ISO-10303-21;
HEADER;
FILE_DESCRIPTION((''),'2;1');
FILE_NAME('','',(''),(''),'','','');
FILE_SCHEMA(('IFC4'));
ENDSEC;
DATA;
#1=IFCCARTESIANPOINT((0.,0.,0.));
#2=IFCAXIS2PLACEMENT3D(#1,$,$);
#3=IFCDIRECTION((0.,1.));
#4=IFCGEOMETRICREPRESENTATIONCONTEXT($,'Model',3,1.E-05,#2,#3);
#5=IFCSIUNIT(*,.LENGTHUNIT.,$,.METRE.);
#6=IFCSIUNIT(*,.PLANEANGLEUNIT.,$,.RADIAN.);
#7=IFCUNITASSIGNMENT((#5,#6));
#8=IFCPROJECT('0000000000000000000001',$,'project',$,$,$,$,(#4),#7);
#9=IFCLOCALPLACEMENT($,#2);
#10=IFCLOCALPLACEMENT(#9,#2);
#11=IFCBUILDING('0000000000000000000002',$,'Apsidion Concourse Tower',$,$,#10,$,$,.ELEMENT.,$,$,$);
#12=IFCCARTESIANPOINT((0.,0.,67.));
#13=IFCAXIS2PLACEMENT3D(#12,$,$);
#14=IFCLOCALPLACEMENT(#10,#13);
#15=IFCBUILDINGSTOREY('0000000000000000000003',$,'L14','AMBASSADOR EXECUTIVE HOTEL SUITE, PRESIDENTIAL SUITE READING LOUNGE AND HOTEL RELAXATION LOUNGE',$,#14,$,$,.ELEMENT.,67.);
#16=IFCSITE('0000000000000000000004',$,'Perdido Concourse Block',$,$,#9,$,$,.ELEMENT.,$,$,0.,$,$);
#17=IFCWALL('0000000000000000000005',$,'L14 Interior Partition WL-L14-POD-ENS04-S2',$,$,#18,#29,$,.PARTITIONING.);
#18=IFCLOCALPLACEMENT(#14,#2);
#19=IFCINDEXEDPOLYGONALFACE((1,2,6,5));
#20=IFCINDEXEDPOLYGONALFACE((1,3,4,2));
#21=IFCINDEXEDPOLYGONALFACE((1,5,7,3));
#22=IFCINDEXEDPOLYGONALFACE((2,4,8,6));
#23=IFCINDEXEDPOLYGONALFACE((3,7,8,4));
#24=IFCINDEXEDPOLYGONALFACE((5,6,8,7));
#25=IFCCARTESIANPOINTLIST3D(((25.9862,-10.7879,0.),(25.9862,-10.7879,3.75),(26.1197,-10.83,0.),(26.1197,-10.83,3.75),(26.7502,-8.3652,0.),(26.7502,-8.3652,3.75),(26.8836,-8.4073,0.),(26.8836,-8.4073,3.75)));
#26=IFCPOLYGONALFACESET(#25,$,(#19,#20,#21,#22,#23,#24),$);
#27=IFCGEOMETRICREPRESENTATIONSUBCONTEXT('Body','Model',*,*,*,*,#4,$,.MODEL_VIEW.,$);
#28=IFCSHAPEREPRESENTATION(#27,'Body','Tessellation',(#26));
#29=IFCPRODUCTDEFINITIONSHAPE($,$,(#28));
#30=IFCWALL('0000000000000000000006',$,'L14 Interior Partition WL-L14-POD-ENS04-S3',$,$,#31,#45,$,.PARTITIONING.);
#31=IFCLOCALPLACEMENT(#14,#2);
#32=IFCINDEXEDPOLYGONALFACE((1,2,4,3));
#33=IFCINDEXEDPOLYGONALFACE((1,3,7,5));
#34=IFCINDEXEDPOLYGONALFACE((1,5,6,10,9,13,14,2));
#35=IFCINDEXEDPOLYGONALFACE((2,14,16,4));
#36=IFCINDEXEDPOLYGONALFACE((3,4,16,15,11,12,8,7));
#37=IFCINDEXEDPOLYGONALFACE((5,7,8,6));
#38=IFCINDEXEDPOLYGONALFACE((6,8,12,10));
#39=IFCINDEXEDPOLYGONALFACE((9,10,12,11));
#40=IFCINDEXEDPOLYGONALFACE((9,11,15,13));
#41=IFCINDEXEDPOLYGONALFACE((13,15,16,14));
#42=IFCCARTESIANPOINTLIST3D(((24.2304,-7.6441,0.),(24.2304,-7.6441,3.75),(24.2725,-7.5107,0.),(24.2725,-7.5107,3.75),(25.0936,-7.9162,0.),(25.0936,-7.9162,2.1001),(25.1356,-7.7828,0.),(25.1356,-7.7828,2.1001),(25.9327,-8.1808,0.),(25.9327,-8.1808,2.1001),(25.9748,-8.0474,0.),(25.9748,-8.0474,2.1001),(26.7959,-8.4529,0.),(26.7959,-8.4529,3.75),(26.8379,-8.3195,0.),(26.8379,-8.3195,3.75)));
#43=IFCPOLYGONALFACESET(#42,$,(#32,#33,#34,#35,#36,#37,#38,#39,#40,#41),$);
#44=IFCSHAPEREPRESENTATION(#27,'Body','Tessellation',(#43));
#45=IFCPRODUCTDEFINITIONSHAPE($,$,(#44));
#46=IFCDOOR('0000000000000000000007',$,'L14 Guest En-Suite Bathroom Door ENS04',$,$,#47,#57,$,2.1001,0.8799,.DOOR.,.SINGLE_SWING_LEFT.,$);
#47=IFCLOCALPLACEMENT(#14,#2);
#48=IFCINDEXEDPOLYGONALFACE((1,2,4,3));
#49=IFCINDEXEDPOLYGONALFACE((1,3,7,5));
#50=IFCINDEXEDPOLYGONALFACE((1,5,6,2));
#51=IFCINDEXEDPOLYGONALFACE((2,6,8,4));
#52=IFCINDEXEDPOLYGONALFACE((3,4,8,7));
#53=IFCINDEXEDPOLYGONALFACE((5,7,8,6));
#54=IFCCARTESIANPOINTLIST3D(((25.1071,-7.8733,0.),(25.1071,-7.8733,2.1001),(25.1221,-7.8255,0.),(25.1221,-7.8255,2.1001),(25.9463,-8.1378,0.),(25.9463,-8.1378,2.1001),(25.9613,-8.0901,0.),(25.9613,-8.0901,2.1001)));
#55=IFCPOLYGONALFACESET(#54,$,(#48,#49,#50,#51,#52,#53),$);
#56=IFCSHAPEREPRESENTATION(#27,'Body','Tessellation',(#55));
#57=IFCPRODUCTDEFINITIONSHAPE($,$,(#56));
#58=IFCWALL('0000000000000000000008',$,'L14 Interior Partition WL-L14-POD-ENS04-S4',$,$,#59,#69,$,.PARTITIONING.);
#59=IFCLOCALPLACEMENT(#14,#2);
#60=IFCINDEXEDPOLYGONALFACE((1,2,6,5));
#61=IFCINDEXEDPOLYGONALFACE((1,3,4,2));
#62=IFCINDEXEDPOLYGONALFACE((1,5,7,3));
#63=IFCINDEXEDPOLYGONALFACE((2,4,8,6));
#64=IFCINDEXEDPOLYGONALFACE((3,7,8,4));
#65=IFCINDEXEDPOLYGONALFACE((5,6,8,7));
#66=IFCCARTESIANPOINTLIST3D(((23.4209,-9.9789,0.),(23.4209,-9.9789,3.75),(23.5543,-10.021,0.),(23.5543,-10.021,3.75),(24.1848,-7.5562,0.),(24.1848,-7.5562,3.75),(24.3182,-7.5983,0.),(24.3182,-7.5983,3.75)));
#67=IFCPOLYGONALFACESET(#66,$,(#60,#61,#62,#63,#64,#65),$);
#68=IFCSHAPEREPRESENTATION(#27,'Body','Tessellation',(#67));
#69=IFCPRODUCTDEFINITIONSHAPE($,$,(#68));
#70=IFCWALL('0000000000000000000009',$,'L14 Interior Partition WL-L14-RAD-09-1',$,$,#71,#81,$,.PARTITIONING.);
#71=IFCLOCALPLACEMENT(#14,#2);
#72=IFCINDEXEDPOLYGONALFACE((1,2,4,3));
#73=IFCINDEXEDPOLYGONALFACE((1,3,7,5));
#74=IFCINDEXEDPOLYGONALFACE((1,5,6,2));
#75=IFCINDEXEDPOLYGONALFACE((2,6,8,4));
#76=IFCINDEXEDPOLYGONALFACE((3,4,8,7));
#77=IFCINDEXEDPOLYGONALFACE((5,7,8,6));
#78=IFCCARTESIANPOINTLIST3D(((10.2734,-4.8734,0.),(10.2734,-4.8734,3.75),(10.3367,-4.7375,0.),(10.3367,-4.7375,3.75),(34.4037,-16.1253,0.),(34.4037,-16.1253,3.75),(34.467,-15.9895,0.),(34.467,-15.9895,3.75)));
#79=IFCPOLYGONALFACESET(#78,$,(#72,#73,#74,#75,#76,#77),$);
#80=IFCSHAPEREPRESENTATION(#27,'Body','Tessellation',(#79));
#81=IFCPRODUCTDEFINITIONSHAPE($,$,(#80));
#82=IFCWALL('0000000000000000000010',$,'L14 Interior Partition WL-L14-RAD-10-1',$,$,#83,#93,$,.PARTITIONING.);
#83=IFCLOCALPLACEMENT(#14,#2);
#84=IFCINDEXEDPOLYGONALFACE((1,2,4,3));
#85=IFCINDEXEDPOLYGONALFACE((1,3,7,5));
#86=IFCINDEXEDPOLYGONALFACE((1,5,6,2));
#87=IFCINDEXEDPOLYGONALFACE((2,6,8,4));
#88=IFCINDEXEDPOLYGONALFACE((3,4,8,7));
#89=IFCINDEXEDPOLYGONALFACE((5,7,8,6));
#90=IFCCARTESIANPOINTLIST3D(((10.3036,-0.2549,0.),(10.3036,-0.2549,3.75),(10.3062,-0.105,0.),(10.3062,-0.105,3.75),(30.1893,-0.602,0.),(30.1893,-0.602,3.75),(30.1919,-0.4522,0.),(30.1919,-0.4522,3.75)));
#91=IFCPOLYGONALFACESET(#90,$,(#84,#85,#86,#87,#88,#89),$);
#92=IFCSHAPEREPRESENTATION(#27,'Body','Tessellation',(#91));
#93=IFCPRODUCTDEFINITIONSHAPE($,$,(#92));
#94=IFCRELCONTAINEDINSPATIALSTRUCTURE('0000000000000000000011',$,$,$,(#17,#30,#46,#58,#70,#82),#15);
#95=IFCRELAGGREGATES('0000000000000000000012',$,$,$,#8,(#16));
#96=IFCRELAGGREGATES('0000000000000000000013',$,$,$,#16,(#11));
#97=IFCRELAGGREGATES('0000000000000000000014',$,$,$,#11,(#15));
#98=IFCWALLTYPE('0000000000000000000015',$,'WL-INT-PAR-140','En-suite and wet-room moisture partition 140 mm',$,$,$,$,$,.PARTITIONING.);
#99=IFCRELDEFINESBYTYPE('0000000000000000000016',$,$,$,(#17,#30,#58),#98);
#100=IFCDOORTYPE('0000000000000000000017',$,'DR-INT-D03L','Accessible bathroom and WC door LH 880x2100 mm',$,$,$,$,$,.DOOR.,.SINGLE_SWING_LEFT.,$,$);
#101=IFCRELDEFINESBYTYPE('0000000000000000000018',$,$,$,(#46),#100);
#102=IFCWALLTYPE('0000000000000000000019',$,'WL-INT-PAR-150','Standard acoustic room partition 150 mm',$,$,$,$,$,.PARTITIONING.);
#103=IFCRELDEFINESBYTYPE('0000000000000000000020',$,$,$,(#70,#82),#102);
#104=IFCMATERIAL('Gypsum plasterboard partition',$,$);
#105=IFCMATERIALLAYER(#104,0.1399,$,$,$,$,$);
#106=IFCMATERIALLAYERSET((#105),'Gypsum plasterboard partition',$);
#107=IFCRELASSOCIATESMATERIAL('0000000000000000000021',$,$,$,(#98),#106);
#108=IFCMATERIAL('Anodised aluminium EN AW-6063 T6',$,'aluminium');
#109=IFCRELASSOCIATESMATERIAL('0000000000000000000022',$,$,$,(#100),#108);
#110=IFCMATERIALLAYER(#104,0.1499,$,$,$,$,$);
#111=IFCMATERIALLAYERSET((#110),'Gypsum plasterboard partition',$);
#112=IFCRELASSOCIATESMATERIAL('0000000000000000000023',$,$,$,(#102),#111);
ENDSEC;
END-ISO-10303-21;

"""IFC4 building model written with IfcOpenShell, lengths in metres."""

from ifc_helpers import new_model, si_unit, direction, frame, frame_2d, origin, place, context, subcontext, project, spatial, rectangle, extrude, material, layer, layer_set, type_object, element, fill, save


model = new_model("IFC4")

# Units and contexts
model_context = context("Model", 3, precision=1e-05, world=origin(), true_north=direction((0.0, 1.0)))
body_context = subcontext(model_context, "Body", "Model", "MODEL_VIEW")
ifc_project = project(units=[si_unit("LENGTHUNIT", "METRE"), si_unit("PLANEANGLEUNIT", "RADIAN")], contexts=[model_context])

# Site, building, storey
site_placement = place(None, origin())
site = spatial("IfcSite", under=ifc_project, at=site_placement, Name="Perdido Concourse Block", CompositionType="ELEMENT", RefElevation=0.0)
building_placement = place(site_placement, origin())
building = spatial("IfcBuilding", under=site, at=building_placement, Name="Apsidion Concourse Tower", CompositionType="ELEMENT")
storey_placement = place(building_placement, frame((0.0, 0.0, 67.0)))
storey = spatial("IfcBuildingStorey", under=building, at=storey_placement, Name="L14", Description="AMBASSADOR EXECUTIVE HOTEL SUITE, PRESIDENTIAL SUITE READING LOUNGE AND HOTEL RELAXATION LOUNGE", CompositionType="ELEMENT", Elevation=67.0)

# Shared definitions
ifc_material_1 = material(Name="Anodised aluminium EN AW-6063 T6", Category="aluminium")

# Wall
ifc_material_2 = material(Name="Gypsum plasterboard partition")
ifc_layer_1 = layer(ifc_material_2, 0.1399)
ifc_layer_set_1 = layer_set([ifc_layer_1], Name="Gypsum plasterboard partition")
wall_type_1 = type_object("IfcWallType", Name="WL-INT-PAR-140", Description="En-suite and wet-room moisture partition 140 mm", PredefinedType="PARTITIONING", material=ifc_layer_set_1)
wall_1_placement = place(storey_placement, frame((26.053, -10.8088, 0.0), z_axis=(0.0, 0.0, 1.0), x_axis=(0.300731, 0.953709, 0.0)))
element("IfcWall", 1, at=wall_1_placement, inside=storey, type_object=wall_type_1, Name="L14 Interior Partition WL-L14-POD-ENS04-S2", PredefinedType="PARTITIONING", context=body_context, shape_type="SweptSolid", body=[
    extrude(rectangle(XDim=2.5403, YDim=0.1399, at=frame_2d((1.27, 0.0))), origin(), (0.0, 0.0, 1.0), 3.75),
])

# Wall, opening, door
wall_2_placement = place(storey_placement, frame((26.8169, -8.3862, 0.0), z_axis=(0.0, 0.0, 1.0), x_axis=(-0.953721, 0.300693, 0.0)))
wall_2 = element("IfcWall", 2, at=wall_2_placement, inside=storey, type_object=wall_type_1, Name="L14 Interior Partition WL-L14-POD-ENS04-S3", PredefinedType="PARTITIONING", context=body_context, shape_type="SweptSolid", body=[
    extrude(rectangle(XDim=2.6899, YDim=0.1399, at=frame_2d((1.345, 0.0))), origin(), (0.0, 0.0, 1.0), 3.75),
])
opening_1_placement = place(wall_2_placement, frame((0.905, 0.0, 0.0)))
opening_1 = element("IfcOpeningElement", 3, at=opening_1_placement, cuts=wall_2, PredefinedType="OPENING", context=body_context, shape_type="SweptSolid", body=[
    extrude(rectangle(XDim=0.8799, YDim=2.1001, at=frame_2d((0.4399, 1.05))), frame((0.0, 0.0801, 0.0), z_axis=(0.0, -1.0, 0.0), x_axis=(1.0, 0.0, 0.0)), (0.0, 0.0, 1.0), 0.1599),
])
door_type_1 = type_object("IfcDoorType", Name="DR-INT-D03L", Description="Accessible bathroom and WC door LH 880x2100 mm", OperationType="SINGLE_SWING_LEFT", PredefinedType="DOOR", material=ifc_material_1)
door_1_placement = place(opening_1_placement, origin())
door_1 = element("IfcDoor", 4, at=door_1_placement, inside=storey, type_object=door_type_1, Name="L14 Guest En-Suite Bathroom Door ENS04", OperationType="SINGLE_SWING_LEFT", OverallHeight=2.1001, OverallWidth=0.8799, PredefinedType="DOOR", context=body_context, shape_type="SweptSolid", body=[
    extrude(rectangle(XDim=0.8799, YDim=2.1001, at=frame_2d((0.4399, 1.05))), frame((0.0, 0.0249, 0.0), z_axis=(0.0, -1.0, 0.0), x_axis=(1.0, 0.0, 0.0)), (0.0, 0.0, 1.0), 0.05),
])
fill(opening_1, door_1)

# Walls
wall_3_placement = place(storey_placement, frame((24.2515, -7.5774, 0.0), z_axis=(0.0, 0.0, 1.0), x_axis=(-0.300731, -0.953709, 0.0)))
element("IfcWall", 5, at=wall_3_placement, inside=storey, type_object=wall_type_1, Name="L14 Interior Partition WL-L14-POD-ENS04-S4", PredefinedType="PARTITIONING", context=body_context, shape_type="SweptSolid", body=[
    extrude(rectangle(XDim=2.5403, YDim=0.1399, at=frame_2d((1.27, 0.0))), origin(), (0.0, 0.0, 1.0), 3.75),
])
ifc_layer_2 = layer(ifc_material_2, 0.1499)
ifc_layer_set_2 = layer_set([ifc_layer_2], Name="Gypsum plasterboard partition")
wall_type_2 = type_object("IfcWallType", Name="WL-INT-PAR-150", Description="Standard acoustic room partition 150 mm", PredefinedType="PARTITIONING", material=ifc_layer_set_2)
wall_4_placement = place(storey_placement, frame((10.3049, -4.8054, 0.0), z_axis=(0.0, 0.0, 1.0), x_axis=(0.906311, -0.422611, 0.0)))
element("IfcWall", 6, at=wall_4_placement, inside=storey, type_object=wall_type_2, Name="L14 Interior Partition WL-L14-RAD-09-1", PredefinedType="PARTITIONING", context=body_context, shape_type="SweptSolid", body=[
    extrude(rectangle(XDim=26.6248, YDim=0.1499, at=frame_2d((13.3125, 0.0))), origin(), (0.0, 0.0, 1.0), 3.75),
])
wall_5_placement = place(storey_placement, frame((10.3049, -0.1799, 0.0), z_axis=(0.0, 0.0, 1.0), x_axis=(0.999848, -0.017455, 0.0)))
element("IfcWall", 7, at=wall_5_placement, inside=storey, type_object=wall_type_2, Name="L14 Interior Partition WL-L14-RAD-10-1", PredefinedType="PARTITIONING", context=body_context, shape_type="SweptSolid", body=[
    extrude(rectangle(XDim=19.8887, YDim=0.1499, at=frame_2d((9.9443, 0.0))), origin(), (0.0, 0.0, 1.0), 3.75),
])

save(model, "model.ifc")
